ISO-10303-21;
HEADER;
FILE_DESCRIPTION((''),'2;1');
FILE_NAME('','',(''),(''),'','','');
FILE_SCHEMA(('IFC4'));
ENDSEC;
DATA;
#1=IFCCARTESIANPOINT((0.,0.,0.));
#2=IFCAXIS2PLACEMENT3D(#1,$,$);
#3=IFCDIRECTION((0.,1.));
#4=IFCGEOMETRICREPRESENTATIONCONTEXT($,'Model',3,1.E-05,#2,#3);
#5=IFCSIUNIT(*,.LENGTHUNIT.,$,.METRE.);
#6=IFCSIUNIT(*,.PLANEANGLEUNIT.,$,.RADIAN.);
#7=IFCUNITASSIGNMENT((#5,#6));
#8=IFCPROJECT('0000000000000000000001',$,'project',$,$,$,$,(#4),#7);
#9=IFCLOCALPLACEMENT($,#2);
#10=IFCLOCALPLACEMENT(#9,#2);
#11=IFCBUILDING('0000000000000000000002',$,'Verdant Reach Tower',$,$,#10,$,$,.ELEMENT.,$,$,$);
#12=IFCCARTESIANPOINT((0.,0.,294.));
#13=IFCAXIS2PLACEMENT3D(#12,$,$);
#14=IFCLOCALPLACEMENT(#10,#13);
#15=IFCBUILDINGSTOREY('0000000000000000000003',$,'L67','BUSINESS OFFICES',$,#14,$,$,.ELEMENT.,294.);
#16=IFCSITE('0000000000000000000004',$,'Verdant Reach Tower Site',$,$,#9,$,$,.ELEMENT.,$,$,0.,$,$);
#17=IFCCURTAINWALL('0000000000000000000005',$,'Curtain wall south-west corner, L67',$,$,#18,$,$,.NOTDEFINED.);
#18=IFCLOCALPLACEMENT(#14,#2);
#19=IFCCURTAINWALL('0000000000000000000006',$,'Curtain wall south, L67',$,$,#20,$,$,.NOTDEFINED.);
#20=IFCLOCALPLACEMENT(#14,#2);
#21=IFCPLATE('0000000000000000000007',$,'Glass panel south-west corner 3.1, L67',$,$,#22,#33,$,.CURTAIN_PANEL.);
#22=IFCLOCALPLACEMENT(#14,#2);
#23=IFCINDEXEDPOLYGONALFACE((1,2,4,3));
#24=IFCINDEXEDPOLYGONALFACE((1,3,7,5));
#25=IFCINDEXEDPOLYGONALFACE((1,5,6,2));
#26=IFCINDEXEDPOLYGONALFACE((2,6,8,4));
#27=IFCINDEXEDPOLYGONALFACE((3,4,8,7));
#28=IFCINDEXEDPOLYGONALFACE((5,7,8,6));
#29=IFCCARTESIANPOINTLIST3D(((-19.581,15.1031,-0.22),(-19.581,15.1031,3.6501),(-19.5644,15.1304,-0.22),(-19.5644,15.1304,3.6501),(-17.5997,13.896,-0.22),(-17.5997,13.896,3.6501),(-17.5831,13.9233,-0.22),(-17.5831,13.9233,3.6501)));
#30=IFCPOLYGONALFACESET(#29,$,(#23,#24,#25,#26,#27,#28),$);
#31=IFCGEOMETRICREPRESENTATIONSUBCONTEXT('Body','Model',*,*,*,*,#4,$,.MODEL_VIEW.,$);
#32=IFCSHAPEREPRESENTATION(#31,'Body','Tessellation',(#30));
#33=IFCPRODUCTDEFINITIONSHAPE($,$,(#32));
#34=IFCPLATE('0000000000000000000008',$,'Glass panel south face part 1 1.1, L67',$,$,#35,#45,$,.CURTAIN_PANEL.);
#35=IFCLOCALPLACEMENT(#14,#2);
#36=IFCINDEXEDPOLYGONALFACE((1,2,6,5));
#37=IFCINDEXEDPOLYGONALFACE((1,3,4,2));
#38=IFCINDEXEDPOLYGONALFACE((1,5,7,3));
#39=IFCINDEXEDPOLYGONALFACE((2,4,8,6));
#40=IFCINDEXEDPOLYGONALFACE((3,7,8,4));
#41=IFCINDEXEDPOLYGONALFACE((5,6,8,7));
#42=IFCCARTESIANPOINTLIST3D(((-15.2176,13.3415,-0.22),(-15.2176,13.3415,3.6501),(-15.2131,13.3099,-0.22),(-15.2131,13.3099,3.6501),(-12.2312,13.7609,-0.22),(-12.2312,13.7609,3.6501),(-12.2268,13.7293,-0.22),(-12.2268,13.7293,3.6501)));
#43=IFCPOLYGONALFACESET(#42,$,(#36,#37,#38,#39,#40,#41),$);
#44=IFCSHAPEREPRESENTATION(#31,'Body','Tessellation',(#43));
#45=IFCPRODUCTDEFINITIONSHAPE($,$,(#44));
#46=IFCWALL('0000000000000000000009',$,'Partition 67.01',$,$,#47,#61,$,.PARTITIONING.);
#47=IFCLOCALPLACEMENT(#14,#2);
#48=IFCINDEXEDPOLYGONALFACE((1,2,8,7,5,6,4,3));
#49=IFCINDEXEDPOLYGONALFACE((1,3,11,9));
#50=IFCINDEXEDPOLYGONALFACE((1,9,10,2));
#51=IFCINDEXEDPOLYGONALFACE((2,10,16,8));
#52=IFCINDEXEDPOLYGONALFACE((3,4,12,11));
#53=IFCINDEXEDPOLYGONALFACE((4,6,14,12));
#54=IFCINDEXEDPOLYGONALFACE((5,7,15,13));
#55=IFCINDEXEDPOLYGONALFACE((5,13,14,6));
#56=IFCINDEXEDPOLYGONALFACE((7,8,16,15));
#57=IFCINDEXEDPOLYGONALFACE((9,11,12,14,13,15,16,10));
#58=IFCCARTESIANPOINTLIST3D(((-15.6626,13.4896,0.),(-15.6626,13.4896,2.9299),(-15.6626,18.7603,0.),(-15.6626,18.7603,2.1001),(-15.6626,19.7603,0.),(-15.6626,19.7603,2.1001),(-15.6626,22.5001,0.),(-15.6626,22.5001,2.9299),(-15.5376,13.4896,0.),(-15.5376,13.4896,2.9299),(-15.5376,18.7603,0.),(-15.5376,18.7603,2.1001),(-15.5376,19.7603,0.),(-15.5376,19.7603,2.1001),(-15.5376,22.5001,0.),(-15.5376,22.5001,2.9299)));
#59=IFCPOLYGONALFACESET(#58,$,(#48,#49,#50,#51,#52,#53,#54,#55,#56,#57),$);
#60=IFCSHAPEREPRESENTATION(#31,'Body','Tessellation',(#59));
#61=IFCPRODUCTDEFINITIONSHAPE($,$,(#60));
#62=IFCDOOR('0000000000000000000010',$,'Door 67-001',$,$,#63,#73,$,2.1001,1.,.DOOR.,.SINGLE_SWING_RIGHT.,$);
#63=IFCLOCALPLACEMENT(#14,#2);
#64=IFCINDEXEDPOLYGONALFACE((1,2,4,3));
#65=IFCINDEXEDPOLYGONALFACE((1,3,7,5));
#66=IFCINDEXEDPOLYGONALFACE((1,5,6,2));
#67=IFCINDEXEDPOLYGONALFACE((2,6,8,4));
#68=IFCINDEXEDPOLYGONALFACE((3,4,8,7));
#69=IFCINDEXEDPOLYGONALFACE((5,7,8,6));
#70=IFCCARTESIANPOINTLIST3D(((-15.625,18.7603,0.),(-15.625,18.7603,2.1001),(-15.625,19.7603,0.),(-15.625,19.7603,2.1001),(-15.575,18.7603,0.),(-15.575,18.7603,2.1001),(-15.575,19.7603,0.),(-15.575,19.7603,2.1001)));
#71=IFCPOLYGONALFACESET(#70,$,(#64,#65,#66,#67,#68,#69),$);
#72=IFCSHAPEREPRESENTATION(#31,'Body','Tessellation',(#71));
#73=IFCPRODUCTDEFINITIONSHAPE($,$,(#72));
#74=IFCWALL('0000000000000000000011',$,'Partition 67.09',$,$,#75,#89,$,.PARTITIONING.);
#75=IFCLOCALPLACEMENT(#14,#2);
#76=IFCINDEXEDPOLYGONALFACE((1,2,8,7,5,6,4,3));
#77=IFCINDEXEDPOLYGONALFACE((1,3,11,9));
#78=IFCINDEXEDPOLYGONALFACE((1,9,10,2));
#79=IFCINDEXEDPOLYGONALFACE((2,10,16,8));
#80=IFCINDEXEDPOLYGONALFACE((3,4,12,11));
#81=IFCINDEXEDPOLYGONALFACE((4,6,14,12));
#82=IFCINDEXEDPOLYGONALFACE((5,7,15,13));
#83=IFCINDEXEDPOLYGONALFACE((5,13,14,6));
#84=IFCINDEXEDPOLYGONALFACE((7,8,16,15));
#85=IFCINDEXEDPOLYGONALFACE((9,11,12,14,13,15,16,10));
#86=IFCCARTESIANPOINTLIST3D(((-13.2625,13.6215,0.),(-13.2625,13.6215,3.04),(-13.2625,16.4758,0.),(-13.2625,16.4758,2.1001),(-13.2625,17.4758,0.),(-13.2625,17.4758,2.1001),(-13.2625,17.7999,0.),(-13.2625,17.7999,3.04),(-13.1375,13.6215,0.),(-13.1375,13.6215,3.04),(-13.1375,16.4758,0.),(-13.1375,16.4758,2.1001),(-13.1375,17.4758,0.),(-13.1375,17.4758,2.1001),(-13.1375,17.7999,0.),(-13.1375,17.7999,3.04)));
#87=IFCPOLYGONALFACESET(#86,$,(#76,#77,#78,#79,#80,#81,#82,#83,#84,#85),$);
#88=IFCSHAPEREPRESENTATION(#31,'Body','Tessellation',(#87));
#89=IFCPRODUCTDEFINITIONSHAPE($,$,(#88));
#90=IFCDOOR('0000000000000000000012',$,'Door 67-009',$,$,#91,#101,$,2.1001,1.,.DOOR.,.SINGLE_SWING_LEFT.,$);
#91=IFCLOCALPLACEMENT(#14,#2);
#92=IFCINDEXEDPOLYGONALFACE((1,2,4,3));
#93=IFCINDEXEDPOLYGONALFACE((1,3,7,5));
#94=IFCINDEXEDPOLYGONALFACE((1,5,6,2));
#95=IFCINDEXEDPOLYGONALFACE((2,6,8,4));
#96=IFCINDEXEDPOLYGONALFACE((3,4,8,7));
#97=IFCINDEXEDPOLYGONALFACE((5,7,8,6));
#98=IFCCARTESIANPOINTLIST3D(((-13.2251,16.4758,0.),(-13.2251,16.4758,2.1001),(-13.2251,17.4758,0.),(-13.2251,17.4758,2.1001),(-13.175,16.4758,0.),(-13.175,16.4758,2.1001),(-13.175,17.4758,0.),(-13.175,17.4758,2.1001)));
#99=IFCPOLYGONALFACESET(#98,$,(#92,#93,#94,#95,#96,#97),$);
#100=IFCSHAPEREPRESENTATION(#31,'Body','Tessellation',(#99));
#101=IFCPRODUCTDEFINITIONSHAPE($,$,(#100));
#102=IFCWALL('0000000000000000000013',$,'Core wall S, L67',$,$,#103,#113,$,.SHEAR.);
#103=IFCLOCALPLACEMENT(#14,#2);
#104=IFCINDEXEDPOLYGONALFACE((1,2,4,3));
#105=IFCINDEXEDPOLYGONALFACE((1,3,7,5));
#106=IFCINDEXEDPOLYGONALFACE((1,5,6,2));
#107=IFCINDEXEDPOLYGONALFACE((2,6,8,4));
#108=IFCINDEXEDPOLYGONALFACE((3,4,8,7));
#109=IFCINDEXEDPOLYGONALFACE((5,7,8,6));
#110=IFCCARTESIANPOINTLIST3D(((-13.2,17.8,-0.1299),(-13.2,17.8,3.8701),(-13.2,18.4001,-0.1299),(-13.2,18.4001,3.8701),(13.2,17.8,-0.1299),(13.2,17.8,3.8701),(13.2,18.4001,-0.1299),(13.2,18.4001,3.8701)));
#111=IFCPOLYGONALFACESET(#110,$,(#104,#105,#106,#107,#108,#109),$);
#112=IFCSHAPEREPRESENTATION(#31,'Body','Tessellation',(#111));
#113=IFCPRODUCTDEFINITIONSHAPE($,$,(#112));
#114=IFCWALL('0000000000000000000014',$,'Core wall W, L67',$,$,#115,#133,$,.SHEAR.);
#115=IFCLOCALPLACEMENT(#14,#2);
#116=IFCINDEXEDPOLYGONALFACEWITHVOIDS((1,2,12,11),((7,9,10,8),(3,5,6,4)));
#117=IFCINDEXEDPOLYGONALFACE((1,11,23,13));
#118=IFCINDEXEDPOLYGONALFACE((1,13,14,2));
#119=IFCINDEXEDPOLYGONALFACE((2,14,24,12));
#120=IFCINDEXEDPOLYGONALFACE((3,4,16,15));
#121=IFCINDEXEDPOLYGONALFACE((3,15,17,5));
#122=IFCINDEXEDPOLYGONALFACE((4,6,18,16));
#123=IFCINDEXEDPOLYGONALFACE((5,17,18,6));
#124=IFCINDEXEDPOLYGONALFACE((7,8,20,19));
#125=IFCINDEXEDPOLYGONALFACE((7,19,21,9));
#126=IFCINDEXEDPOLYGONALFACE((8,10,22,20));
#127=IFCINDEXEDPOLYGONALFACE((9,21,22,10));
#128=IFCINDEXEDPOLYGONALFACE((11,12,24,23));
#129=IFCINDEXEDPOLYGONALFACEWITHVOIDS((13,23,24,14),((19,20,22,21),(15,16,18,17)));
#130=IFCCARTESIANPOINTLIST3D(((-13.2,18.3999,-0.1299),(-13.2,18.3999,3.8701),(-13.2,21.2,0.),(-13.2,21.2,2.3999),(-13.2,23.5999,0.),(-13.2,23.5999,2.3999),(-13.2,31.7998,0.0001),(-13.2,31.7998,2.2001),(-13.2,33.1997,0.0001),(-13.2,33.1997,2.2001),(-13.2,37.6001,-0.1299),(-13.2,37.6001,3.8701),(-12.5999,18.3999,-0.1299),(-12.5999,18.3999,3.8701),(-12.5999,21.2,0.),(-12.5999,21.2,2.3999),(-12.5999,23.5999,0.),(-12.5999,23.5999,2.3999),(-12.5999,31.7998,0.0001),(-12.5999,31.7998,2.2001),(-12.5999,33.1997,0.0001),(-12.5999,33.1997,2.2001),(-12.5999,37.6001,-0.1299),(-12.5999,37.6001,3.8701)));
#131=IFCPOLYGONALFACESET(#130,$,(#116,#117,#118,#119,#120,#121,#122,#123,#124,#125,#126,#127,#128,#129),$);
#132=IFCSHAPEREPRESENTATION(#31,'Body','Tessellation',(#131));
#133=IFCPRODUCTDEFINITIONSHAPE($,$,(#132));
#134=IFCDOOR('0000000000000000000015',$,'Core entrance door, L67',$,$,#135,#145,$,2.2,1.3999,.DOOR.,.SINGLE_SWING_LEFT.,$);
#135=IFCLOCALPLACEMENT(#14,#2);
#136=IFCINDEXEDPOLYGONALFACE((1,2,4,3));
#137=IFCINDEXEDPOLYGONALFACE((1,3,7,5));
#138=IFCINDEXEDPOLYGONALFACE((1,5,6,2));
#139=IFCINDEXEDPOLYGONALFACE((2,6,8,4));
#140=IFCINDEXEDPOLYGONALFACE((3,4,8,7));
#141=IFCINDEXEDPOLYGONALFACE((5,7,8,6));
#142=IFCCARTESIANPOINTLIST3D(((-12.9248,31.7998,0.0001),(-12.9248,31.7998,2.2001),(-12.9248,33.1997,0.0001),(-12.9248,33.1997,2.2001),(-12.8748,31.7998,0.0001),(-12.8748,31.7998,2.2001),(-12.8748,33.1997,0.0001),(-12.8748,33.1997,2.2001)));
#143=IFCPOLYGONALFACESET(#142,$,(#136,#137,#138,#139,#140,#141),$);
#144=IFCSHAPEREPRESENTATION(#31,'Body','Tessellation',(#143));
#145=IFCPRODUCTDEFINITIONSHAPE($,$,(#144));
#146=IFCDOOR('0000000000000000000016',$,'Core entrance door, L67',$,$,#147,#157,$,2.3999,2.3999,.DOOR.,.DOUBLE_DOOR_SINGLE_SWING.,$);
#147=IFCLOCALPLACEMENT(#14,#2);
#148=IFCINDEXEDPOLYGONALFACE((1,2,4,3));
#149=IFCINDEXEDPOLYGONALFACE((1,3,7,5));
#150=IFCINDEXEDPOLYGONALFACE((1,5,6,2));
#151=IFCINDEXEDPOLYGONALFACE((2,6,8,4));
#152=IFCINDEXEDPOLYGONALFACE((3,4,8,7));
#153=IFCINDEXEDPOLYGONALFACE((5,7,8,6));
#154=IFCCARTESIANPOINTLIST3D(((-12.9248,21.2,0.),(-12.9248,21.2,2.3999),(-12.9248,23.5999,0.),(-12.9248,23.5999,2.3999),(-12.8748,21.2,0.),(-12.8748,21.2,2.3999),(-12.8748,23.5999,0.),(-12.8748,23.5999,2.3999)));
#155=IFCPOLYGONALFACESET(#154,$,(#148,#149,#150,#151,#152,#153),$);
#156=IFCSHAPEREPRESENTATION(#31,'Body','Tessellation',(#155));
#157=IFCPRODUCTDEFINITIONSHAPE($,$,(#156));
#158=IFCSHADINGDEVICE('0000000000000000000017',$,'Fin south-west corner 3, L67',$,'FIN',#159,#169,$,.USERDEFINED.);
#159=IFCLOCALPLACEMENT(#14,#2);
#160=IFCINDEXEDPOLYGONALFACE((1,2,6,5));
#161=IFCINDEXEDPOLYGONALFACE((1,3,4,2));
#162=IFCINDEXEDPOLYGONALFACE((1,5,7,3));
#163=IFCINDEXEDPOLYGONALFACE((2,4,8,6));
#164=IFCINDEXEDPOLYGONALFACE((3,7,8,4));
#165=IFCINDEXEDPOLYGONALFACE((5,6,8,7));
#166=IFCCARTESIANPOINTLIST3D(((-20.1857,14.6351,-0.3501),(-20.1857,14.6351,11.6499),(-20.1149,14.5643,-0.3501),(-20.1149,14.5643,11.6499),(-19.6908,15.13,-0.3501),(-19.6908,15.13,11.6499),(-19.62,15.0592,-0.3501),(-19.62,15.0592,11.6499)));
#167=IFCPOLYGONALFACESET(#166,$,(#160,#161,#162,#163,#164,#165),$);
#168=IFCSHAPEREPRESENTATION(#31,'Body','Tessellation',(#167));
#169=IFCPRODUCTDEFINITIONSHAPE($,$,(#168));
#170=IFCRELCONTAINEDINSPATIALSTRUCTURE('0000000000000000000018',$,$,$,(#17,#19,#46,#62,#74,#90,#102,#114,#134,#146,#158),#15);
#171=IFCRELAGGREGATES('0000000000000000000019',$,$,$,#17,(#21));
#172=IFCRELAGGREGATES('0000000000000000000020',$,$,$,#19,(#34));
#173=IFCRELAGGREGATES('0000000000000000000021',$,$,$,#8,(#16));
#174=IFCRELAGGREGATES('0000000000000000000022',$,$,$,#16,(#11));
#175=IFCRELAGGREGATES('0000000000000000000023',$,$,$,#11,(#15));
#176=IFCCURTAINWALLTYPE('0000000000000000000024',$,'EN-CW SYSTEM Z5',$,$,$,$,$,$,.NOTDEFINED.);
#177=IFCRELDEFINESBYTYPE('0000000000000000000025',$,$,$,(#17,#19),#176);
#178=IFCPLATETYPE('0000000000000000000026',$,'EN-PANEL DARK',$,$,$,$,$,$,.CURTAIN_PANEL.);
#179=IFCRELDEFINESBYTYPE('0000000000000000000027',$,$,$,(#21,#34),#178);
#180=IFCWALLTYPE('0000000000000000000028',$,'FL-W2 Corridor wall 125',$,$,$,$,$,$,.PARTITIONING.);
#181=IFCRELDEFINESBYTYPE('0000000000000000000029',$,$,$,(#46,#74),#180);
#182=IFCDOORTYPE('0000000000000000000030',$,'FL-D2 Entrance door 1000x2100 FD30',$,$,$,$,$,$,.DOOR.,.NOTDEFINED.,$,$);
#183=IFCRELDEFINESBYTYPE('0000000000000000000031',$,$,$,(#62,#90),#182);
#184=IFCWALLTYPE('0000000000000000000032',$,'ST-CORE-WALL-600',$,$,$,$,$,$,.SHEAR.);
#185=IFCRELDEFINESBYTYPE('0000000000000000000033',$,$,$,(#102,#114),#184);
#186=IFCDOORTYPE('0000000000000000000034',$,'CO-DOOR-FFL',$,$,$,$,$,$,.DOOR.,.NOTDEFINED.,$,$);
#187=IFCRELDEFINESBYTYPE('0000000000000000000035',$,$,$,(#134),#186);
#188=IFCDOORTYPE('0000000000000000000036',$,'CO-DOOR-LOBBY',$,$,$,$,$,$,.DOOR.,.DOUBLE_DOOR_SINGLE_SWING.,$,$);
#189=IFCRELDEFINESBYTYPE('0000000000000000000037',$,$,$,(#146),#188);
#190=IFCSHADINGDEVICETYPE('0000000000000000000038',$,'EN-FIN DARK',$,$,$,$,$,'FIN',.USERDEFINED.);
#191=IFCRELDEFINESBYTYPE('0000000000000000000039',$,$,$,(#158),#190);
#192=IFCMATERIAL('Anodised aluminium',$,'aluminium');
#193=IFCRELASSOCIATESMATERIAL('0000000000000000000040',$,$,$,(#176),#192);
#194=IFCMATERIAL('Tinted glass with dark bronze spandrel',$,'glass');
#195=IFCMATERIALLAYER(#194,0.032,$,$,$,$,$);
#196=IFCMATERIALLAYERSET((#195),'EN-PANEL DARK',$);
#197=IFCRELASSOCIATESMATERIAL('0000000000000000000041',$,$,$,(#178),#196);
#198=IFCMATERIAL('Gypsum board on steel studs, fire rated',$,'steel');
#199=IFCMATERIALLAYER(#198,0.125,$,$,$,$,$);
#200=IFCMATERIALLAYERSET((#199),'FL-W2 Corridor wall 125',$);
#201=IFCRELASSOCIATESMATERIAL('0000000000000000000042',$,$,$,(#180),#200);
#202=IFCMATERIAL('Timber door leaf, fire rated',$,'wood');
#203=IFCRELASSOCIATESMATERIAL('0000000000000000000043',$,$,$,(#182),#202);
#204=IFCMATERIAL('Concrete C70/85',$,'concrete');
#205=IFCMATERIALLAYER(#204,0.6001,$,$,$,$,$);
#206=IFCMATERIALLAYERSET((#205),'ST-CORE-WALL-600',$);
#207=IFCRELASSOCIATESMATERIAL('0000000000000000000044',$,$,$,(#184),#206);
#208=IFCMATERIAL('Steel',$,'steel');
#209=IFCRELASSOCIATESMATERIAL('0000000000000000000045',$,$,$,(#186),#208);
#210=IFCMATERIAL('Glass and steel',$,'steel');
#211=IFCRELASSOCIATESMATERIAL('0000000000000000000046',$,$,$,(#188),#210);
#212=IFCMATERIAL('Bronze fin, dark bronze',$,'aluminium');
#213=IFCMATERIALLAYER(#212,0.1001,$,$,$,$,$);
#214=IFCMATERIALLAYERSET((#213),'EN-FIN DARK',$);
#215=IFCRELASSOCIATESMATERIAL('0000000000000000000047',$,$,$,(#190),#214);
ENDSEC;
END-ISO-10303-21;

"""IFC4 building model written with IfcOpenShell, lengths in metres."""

from ifc_helpers import new_model, si_unit, direction, frame, frame_2d, origin, origin_2d, place, context, subcontext, project, spatial, rectangle, extrude, material, layer, layer_set, type_object, element, fill, aggregate, save


model = new_model("IFC4")

# Units and contexts
model_context = context("Model", 3, precision=1e-05, world=origin(), true_north=direction((0.0, 1.0)))
body_context = subcontext(model_context, "Body", "Model", "MODEL_VIEW")
ifc_project = project(units=[si_unit("LENGTHUNIT", "METRE"), si_unit("PLANEANGLEUNIT", "RADIAN")], contexts=[model_context])

# Site, building, storey
site_placement = place(None, origin())
site = spatial("IfcSite", under=ifc_project, at=site_placement, Name="Verdant Reach Tower Site", CompositionType="ELEMENT", RefElevation=0.0)
building_placement = place(site_placement, origin())
building = spatial("IfcBuilding", under=site, at=building_placement, Name="Verdant Reach Tower", CompositionType="ELEMENT")
storey_placement = place(building_placement, frame((0.0, 0.0, 294.0)))
storey = spatial("IfcBuildingStorey", under=building, at=storey_placement, Name="L67", Description="BUSINESS OFFICES", CompositionType="ELEMENT", Elevation=294.0)

# Curtain walls
ifc_material_1 = material(Name="Anodised aluminium", Category="aluminium")
curtain_wall_type = type_object("IfcCurtainWallType", Name="EN-CW SYSTEM Z5", PredefinedType="NOTDEFINED", material=ifc_material_1)
curtain_wall_1_placement = place(storey_placement, origin())
curtain_wall_1 = element("IfcCurtainWall", 1, at=curtain_wall_1_placement, inside=storey, type_object=curtain_wall_type, Name="Curtain wall south-west corner, L67", PredefinedType="NOTDEFINED")
curtain_wall_2_placement = place(storey_placement, origin())
curtain_wall_2 = element("IfcCurtainWall", 2, at=curtain_wall_2_placement, inside=storey, type_object=curtain_wall_type, Name="Curtain wall south, L67", PredefinedType="NOTDEFINED")

# Plates
ifc_material_2 = material(Name="Tinted glass with dark bronze spandrel", Category="glass")
ifc_layer_1 = layer(ifc_material_2, 0.032)
ifc_layer_set_1 = layer_set([ifc_layer_1], Name="EN-PANEL DARK")
plate_type_1 = type_object("IfcPlateType", Name="EN-PANEL DARK", PredefinedType="CURTAIN_PANEL", material=ifc_layer_set_1)
plate_1_placement = place(storey_placement, frame((-18.582, 14.5132, -0.22), z_axis=(0.0, 0.0, 1.0), x_axis=(0.853989, -0.520292, 0.0)))
plate_1 = element("IfcPlate", 3, at=plate_1_placement, type_object=plate_type_1, Name="Glass panel south-west corner 3.1, L67", PredefinedType="CURTAIN_PANEL", context=body_context, shape_type="SweptSolid", body=[
    extrude(rectangle(XDim=2.3201, YDim=0.032, at=origin_2d()), origin(), (0.0, 0.0, 1.0), 3.8701),
])
aggregate(curtain_wall_1, [plate_1])
plate_2_placement = place(storey_placement, frame((-13.7222, 13.5354, -0.22), z_axis=(0.0, 0.0, 1.0), x_axis=(0.990282, 0.139077, 0.0)))
plate_2 = element("IfcPlate", 4, at=plate_2_placement, type_object=plate_type_1, Name="Glass panel south face part 1 1.1, L67", PredefinedType="CURTAIN_PANEL", context=body_context, shape_type="SweptSolid", body=[
    extrude(rectangle(XDim=3.0156, YDim=0.032, at=origin_2d()), origin(), (0.0, 0.0, 1.0), 3.8701),
])
aggregate(curtain_wall_2, [plate_2])

# Walls, openings, doors
ifc_material_3 = material(Name="Gypsum board on steel studs, fire rated", Category="steel")
ifc_layer_2 = layer(ifc_material_3, 0.125)
ifc_layer_set_2 = layer_set([ifc_layer_2], Name="FL-W2 Corridor wall 125")
wall_type_1 = type_object("IfcWallType", Name="FL-W2 Corridor wall 125", PredefinedType="PARTITIONING", material=ifc_layer_set_2)
wall_1_placement = place(storey_placement, frame((-15.6001, 13.4895, 0.0), z_axis=(0.0, 0.0, 1.0), x_axis=(0.0, 1.0, 0.0)))
wall_1 = element("IfcWall", 5, at=wall_1_placement, inside=storey, type_object=wall_type_1, Name="Partition 67.01", PredefinedType="PARTITIONING", context=body_context, shape_type="SweptSolid", body=[
    extrude(rectangle(XDim=9.0105, YDim=0.125, at=frame_2d((4.5054, 0.0))), origin(), (0.0, 0.0, 1.0), 2.9299),
])
opening_1_placement = place(wall_1_placement, frame((5.2708, 0.0, 0.0)))
opening_1 = element("IfcOpeningElement", 6, at=opening_1_placement, cuts=wall_1, PredefinedType="OPENING", context=body_context, shape_type="SweptSolid", body=[
    extrude(rectangle(XDim=1.0, YDim=2.1001, at=frame_2d((0.5, 1.05))), frame((0.0, 0.0725, 0.0), z_axis=(0.0, -1.0, 0.0), x_axis=(1.0, 0.0, 0.0)), (0.0, 0.0, 1.0), 0.145),
])
ifc_material_4 = material(Name="Timber door leaf, fire rated", Category="wood")
door_type_1 = type_object("IfcDoorType", Name="FL-D2 Entrance door 1000x2100 FD30", OperationType="NOTDEFINED", PredefinedType="DOOR", material=ifc_material_4)
door_1_placement = place(opening_1_placement, origin())
door_1 = element("IfcDoor", 7, at=door_1_placement, inside=storey, type_object=door_type_1, Name="Door 67-001", OperationType="SINGLE_SWING_RIGHT", OverallHeight=2.1001, OverallWidth=1.0, PredefinedType="DOOR", context=body_context, shape_type="SweptSolid", body=[
    extrude(rectangle(XDim=1.0, YDim=2.1001, at=frame_2d((0.5, 1.05))), frame((0.0, 0.0249, 0.0), z_axis=(0.0, -1.0, 0.0), x_axis=(1.0, 0.0, 0.0)), (0.0, 0.0, 1.0), 0.05),
])
fill(opening_1, door_1)
wall_2_placement = place(storey_placement, frame((-13.2, 17.8, 0.0), z_axis=(0.0, 0.0, 1.0), x_axis=(0.0, -1.0, 0.0)))
wall_2 = element("IfcWall", 8, at=wall_2_placement, inside=storey, type_object=wall_type_1, Name="Partition 67.09", PredefinedType="PARTITIONING", context=body_context, shape_type="SweptSolid", body=[
    extrude(rectangle(XDim=4.1785, YDim=0.125, at=frame_2d((2.0894, 0.0))), origin(), (0.0, 0.0, 1.0), 3.04),
])
opening_2_placement = place(wall_2_placement, frame((0.3242, 0.0, 0.0)))
opening_2 = element("IfcOpeningElement", 9, at=opening_2_placement, cuts=wall_2, PredefinedType="OPENING", context=body_context, shape_type="SweptSolid", body=[
    extrude(rectangle(XDim=1.0, YDim=2.1001, at=frame_2d((0.5, 1.05))), frame((0.0, 0.0725, 0.0), z_axis=(0.0, -1.0, 0.0), x_axis=(1.0, 0.0, 0.0)), (0.0, 0.0, 1.0), 0.145),
])
door_2_placement = place(opening_2_placement, origin())
door_2 = element("IfcDoor", 10, at=door_2_placement, inside=storey, type_object=door_type_1, Name="Door 67-009", OperationType="SINGLE_SWING_LEFT", OverallHeight=2.1001, OverallWidth=1.0, PredefinedType="DOOR", context=body_context, shape_type="SweptSolid", body=[
    extrude(rectangle(XDim=1.0, YDim=2.1001, at=frame_2d((0.5, 1.05))), frame((0.0, 0.0249, 0.0), z_axis=(0.0, -1.0, 0.0), x_axis=(1.0, 0.0, 0.0)), (0.0, 0.0, 1.0), 0.05),
])
fill(opening_2, door_2)

# Wall
ifc_material_5 = material(Name="Concrete C70/85", Category="concrete")
ifc_layer_3 = layer(ifc_material_5, 0.6001)
ifc_layer_set_3 = layer_set([ifc_layer_3], Name="ST-CORE-WALL-600")
wall_type_2 = type_object("IfcWallType", Name="ST-CORE-WALL-600", PredefinedType="SHEAR", material=ifc_layer_set_3)
wall_3_placement = place(storey_placement, frame((-13.2, 18.1001, -0.1299), z_axis=(0.0, 0.0, 1.0), x_axis=(1.0, 0.0, 0.0)))
element("IfcWall", 11, at=wall_3_placement, inside=storey, type_object=wall_type_2, Name="Core wall S, L67", PredefinedType="SHEAR", context=body_context, shape_type="SweptSolid", body=[
    extrude(rectangle(XDim=26.3999, YDim=0.6001, at=frame_2d((13.2, 0.0))), origin(), (0.0, 0.0, 1.0), 4.0),
])

# Wall, openings, doors
wall_4_placement = place(storey_placement, frame((-12.8999, 18.3999, -0.1299), z_axis=(0.0, 0.0, 1.0), x_axis=(0.0, 1.0, 0.0)))
wall_4 = element("IfcWall", 12, at=wall_4_placement, inside=storey, type_object=wall_type_2, Name="Core wall W, L67", PredefinedType="SHEAR", context=body_context, shape_type="SweptSolid", body=[
    extrude(rectangle(XDim=19.2002, YDim=0.6001, at=frame_2d((9.6001, 0.0))), origin(), (0.0, 0.0, 1.0), 4.0),
])
opening_3_placement = place(wall_4_placement, frame((2.8, 0.0, 0.1299)))
opening_3 = element("IfcOpeningElement", 13, at=opening_3_placement, cuts=wall_4, PredefinedType="OPENING", context=body_context, shape_type="SweptSolid", body=[
    extrude(rectangle(XDim=2.3999, YDim=2.3999, at=frame_2d((1.2, 1.2))), frame((0.0, 0.3101, 0.0), z_axis=(0.0, -1.0, 0.0), x_axis=(1.0, 0.0, 0.0)), (0.0, 0.0, 1.0), 0.6201),
])
opening_4_placement = place(wall_4_placement, frame((13.3999, 0.0, 0.1299)))
opening_4 = element("IfcOpeningElement", 14, at=opening_4_placement, cuts=wall_4, PredefinedType="OPENING", context=body_context, shape_type="SweptSolid", body=[
    extrude(rectangle(XDim=1.3999, YDim=2.2, at=frame_2d((0.7, 1.1001))), frame((0.0, 0.3101, 0.0), z_axis=(0.0, -1.0, 0.0), x_axis=(1.0, 0.0, 0.0)), (0.0, 0.0, 1.0), 0.6201),
])
ifc_material_6 = material(Name="Steel", Category="steel")
door_type_2 = type_object("IfcDoorType", Name="CO-DOOR-FFL", OperationType="NOTDEFINED", PredefinedType="DOOR", material=ifc_material_6)
door_3_placement = place(opening_4_placement, origin())
door_3 = element("IfcDoor", 15, at=door_3_placement, inside=storey, type_object=door_type_2, Name="Core entrance door, L67", OperationType="SINGLE_SWING_LEFT", OverallHeight=2.2, OverallWidth=1.3999, PredefinedType="DOOR", context=body_context, shape_type="SweptSolid", body=[
    extrude(rectangle(XDim=1.3999, YDim=2.2, at=frame_2d((0.7, 1.1001))), frame((0.0, 0.0249, 0.0), z_axis=(0.0, -1.0, 0.0), x_axis=(1.0, 0.0, 0.0)), (0.0, 0.0, 1.0), 0.05),
])
fill(opening_4, door_3)
ifc_material_7 = material(Name="Glass and steel", Category="steel")
door_type_3 = type_object("IfcDoorType", Name="CO-DOOR-LOBBY", OperationType="DOUBLE_DOOR_SINGLE_SWING", PredefinedType="DOOR", material=ifc_material_7)
door_4_placement = place(opening_3_placement, origin())
door_4 = element("IfcDoor", 16, at=door_4_placement, inside=storey, type_object=door_type_3, Name="Core entrance door, L67", OperationType="DOUBLE_DOOR_SINGLE_SWING", OverallHeight=2.3999, OverallWidth=2.3999, PredefinedType="DOOR", context=body_context, shape_type="SweptSolid", body=[
    extrude(rectangle(XDim=2.3999, YDim=2.3999, at=frame_2d((1.2, 1.2))), frame((0.0, 0.0249, 0.0), z_axis=(0.0, -1.0, 0.0), x_axis=(1.0, 0.0, 0.0)), (0.0, 0.0, 1.0), 0.05),
])
fill(opening_3, door_4)

# Shading device
ifc_material_8 = material(Name="Bronze fin, dark bronze", Category="aluminium")
ifc_layer_4 = layer(ifc_material_8, 0.1001)
ifc_layer_set_4 = layer_set([ifc_layer_4], Name="EN-FIN DARK")
shading_device_type = type_object("IfcShadingDeviceType", Name="EN-FIN DARK", ElementType="FIN", PredefinedType="USERDEFINED", material=ifc_layer_set_4)
for number, where, z_axis, x_axis, name in (
    (17, (-19.9028, 14.8472, -0.3501), (0.0, 0.0, 1.0), (0.707107, -0.707107, 0.0), "Fin south-west corner 3, L67"),
):
    element("IfcShadingDevice", number, at=place(storey_placement, frame(where, z_axis=z_axis, x_axis=x_axis)), inside=storey, type_object=shading_device_type, Name=name, ObjectType="FIN", PredefinedType="USERDEFINED", context=body_context, shape_type="SweptSolid", body=[
        extrude(rectangle(XDim=0.1001, YDim=0.7, at=origin_2d()), origin(), (0.0, 0.0, 1.0), 12.0),
    ])

save(model, "model.ifc")
